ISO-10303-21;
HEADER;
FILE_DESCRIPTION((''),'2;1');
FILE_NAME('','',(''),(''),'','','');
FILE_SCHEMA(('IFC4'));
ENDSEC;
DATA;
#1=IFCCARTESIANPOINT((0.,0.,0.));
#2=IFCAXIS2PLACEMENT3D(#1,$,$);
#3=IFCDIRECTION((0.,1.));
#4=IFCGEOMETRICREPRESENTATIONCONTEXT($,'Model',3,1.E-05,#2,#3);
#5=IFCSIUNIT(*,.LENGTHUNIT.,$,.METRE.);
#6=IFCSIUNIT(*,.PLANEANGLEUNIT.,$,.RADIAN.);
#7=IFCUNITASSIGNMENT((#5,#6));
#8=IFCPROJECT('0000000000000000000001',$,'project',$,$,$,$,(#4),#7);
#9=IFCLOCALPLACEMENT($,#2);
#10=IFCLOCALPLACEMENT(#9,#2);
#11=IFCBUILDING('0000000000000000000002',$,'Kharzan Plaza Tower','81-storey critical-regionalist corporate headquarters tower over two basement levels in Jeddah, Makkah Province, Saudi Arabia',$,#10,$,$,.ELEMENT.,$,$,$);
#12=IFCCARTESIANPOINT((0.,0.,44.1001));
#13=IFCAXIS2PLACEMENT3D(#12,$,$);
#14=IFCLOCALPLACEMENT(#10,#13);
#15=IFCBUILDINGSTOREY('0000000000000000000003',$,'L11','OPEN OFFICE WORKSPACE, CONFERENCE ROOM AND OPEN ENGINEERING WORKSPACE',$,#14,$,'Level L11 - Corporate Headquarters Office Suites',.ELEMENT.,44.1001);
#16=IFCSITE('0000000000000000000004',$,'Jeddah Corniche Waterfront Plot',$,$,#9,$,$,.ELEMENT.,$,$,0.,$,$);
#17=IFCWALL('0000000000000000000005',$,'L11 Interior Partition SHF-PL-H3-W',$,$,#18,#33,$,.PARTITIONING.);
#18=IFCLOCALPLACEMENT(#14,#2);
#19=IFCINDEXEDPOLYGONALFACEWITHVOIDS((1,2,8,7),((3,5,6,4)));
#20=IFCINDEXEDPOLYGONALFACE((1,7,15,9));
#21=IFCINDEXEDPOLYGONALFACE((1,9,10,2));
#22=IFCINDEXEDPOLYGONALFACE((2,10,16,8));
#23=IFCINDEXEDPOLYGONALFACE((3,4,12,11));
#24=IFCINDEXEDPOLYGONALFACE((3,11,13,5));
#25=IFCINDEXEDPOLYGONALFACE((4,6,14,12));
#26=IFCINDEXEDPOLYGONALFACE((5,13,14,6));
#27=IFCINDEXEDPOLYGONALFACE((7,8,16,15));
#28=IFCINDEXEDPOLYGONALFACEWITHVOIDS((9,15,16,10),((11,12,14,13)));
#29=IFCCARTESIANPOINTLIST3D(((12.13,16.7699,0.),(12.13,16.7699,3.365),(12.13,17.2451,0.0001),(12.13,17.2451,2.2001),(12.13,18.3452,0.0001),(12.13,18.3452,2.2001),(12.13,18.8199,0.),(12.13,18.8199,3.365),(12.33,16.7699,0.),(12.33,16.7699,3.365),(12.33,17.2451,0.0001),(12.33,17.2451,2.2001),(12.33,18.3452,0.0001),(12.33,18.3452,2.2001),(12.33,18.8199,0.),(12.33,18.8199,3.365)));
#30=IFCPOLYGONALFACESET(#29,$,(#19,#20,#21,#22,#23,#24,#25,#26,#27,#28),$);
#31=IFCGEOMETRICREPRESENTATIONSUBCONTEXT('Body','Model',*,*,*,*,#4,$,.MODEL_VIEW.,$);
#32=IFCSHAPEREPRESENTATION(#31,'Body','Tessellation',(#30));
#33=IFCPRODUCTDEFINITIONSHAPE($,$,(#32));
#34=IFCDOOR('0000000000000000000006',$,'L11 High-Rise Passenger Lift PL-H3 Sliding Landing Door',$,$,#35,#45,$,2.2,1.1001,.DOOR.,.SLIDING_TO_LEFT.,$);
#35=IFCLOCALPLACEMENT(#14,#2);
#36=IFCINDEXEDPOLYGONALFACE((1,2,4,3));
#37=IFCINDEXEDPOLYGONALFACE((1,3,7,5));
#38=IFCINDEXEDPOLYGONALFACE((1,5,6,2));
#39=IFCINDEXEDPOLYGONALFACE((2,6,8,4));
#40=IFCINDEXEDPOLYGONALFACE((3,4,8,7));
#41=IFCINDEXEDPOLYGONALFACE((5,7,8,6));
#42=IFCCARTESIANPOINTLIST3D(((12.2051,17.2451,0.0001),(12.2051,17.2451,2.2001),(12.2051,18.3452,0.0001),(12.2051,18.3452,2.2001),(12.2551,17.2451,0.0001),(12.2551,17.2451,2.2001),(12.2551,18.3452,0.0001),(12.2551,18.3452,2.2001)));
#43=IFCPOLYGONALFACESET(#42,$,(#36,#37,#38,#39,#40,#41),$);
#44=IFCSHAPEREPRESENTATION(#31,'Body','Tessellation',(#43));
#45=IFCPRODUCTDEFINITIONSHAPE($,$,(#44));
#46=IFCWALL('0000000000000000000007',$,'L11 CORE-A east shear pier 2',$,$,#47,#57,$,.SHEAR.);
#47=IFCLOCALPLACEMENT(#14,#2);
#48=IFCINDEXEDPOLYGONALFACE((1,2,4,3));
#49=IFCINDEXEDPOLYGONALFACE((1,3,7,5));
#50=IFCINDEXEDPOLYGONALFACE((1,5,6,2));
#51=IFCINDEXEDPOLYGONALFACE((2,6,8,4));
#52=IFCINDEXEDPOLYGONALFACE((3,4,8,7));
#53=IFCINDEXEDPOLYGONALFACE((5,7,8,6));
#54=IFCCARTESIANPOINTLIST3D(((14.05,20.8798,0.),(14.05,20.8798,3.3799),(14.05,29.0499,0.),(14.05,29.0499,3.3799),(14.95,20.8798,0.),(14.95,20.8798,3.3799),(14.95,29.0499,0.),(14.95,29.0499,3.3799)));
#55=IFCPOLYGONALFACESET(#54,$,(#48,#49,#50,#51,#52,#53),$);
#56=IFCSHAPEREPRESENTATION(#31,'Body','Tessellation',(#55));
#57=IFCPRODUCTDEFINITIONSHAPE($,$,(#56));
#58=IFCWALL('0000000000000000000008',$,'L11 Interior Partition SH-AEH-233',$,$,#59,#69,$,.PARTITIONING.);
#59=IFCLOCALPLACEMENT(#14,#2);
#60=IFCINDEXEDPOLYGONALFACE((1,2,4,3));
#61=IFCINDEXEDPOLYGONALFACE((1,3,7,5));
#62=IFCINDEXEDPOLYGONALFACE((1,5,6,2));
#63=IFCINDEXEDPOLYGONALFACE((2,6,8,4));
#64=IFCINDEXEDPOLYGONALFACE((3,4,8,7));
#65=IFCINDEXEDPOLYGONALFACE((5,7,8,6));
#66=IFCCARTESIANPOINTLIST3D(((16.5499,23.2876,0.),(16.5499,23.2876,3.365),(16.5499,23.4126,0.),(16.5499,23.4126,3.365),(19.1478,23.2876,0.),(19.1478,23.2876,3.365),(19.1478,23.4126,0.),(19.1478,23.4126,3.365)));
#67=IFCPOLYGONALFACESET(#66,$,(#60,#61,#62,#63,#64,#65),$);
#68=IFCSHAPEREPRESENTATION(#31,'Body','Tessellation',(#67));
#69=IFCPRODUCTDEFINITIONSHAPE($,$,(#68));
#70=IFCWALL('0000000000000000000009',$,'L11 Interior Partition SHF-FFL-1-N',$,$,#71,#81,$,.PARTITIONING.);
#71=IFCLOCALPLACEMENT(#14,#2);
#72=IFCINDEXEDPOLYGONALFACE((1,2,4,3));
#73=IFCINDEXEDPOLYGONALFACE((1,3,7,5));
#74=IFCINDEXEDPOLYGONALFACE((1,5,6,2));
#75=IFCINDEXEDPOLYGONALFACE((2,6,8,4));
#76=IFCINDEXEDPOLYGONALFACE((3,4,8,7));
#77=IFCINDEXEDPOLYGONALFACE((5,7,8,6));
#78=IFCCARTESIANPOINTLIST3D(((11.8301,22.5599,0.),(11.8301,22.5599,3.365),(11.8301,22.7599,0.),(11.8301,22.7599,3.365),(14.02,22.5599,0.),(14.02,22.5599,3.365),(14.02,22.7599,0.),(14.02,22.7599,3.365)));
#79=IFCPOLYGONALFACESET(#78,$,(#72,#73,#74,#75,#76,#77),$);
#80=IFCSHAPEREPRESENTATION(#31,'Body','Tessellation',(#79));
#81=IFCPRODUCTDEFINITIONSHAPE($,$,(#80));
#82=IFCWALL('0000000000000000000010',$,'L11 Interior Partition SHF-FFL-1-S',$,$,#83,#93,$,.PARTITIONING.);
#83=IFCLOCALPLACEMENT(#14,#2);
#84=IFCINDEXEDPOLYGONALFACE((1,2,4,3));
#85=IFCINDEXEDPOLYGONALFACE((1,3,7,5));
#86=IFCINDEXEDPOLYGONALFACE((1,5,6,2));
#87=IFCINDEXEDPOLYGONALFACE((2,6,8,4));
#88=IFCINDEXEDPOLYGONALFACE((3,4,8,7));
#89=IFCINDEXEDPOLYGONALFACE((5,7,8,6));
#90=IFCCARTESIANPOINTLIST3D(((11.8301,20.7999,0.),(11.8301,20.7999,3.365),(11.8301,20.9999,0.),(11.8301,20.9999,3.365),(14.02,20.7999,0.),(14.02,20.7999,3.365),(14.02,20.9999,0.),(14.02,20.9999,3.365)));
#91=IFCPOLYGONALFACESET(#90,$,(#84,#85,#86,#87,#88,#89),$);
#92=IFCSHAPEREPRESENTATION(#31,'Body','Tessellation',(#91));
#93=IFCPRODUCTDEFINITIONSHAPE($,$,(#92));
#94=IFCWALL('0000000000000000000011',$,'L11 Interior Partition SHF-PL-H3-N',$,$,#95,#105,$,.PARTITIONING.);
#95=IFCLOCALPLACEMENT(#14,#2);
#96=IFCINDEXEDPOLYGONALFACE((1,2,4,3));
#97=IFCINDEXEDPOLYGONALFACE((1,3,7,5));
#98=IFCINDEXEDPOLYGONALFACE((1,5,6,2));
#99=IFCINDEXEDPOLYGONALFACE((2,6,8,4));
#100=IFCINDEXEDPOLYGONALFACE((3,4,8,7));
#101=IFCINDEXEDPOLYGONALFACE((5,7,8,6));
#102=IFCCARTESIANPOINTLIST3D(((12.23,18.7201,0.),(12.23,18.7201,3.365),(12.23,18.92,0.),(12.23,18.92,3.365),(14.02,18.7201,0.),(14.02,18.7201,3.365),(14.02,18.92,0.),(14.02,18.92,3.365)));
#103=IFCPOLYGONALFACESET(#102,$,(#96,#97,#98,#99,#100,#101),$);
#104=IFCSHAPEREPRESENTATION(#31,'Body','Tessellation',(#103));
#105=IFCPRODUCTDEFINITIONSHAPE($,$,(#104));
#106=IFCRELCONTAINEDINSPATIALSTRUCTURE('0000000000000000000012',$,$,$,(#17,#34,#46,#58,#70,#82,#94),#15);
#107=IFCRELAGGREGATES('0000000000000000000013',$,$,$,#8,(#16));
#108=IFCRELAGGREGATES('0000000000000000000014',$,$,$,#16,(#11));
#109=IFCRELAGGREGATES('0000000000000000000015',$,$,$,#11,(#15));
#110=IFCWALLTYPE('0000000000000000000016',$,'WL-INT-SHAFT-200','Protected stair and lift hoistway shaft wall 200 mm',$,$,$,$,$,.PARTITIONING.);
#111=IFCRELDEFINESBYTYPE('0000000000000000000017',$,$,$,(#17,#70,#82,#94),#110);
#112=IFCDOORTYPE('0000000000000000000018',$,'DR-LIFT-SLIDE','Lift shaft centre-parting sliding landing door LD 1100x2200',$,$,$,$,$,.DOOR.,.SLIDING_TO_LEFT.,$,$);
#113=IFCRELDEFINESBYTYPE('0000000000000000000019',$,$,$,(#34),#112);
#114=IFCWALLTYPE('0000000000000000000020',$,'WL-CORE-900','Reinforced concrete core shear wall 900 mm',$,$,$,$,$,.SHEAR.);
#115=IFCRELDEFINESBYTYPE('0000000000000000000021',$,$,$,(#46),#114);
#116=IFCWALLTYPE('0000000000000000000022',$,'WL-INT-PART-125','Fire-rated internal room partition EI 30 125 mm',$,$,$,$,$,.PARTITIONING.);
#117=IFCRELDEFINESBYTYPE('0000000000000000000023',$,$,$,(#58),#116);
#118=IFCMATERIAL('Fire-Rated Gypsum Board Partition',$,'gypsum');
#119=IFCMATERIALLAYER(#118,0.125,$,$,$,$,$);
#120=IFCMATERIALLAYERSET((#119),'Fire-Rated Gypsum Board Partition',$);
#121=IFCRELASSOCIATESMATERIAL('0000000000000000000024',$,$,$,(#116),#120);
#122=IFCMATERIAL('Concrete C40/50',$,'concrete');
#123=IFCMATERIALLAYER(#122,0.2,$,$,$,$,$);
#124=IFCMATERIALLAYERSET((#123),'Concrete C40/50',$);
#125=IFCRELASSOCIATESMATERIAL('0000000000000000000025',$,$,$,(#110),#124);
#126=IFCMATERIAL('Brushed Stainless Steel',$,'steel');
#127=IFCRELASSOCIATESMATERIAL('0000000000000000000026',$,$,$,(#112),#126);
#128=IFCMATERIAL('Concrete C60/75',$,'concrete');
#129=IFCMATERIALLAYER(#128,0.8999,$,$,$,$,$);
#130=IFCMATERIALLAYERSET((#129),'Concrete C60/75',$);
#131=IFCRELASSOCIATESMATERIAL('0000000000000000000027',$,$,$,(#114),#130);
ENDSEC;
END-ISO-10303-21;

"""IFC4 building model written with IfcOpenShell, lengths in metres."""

from ifc_helpers import new_model, si_unit, direction, frame, frame_2d, origin, place, context, subcontext, project, spatial, rectangle, extrude, source, transform, mapped, material, layer, layer_set, type_object, element, fill, save


model = new_model("IFC4")

# Units and contexts
model_context = context("Model", 3, precision=1e-05, world=origin(), true_north=direction((0.0, 1.0)))
body_context = subcontext(model_context, "Body", "Model", "MODEL_VIEW")
ifc_project = project(units=[si_unit("LENGTHUNIT", "METRE"), si_unit("PLANEANGLEUNIT", "RADIAN")], contexts=[model_context])

# Site, building, storey
site_placement = place(None, origin())
site = spatial("IfcSite", under=ifc_project, at=site_placement, Name="Jeddah Corniche Waterfront Plot", CompositionType="ELEMENT", RefElevation=0.0)
building_placement = place(site_placement, origin())
building = spatial("IfcBuilding", under=site, at=building_placement, Name="Kharzan Plaza Tower", Description="81-storey critical-regionalist corporate headquarters tower over two basement levels in Jeddah, Makkah Province, Saudi Arabia", CompositionType="ELEMENT")
storey_placement = place(building_placement, frame((0.0, 0.0, 44.1001)))
storey = spatial("IfcBuildingStorey", under=building, at=storey_placement, Name="L11", Description="OPEN OFFICE WORKSPACE, CONFERENCE ROOM AND OPEN ENGINEERING WORKSPACE", LongName="Level L11 - Corporate Headquarters Office Suites", CompositionType="ELEMENT", Elevation=44.1001)

# Shared definitions
ifc_material_1 = material(Name="Concrete C60/75", Category="concrete")

# Wall, opening, door
ifc_material_2 = material(Name="Fire-Rated Gypsum Board Partition", Category="gypsum")
ifc_layer_1 = layer(ifc_material_2, 0.125)
ifc_layer_set_1 = layer_set([ifc_layer_1], Name="Fire-Rated Gypsum Board Partition")
wall_type_1 = type_object("IfcWallType", Name="WL-INT-PART-125", Description="Fire-rated internal room partition EI 30 125 mm", PredefinedType="PARTITIONING", material=ifc_layer_set_1)
ifc_material_3 = material(Name="Concrete C40/50", Category="concrete")
ifc_layer_2 = layer(ifc_material_3, 0.2)
ifc_layer_set_2 = layer_set([ifc_layer_2], Name="Concrete C40/50")
wall_type_2 = type_object("IfcWallType", Name="WL-INT-SHAFT-200", Description="Protected stair and lift hoistway shaft wall 200 mm", PredefinedType="PARTITIONING", material=ifc_layer_set_2)
ifc_material_4 = material(Name="Brushed Stainless Steel", Category="steel")
door_type_1 = type_object("IfcDoorType", Name="DR-LIFT-SLIDE", Description="Lift shaft centre-parting sliding landing door LD 1100x2200", OperationType="SLIDING_TO_LEFT", PredefinedType="DOOR", material=ifc_material_4)
shared_shape_1 = source(origin(), body_context, "Body", "SweptSolid", [
    extrude(rectangle(XDim=1.1001, YDim=2.2, at=frame_2d((0.55, 1.1001))), frame((0.0, 0.0249, 0.0), z_axis=(0.0, -1.0, 0.0), x_axis=(1.0, 0.0, 0.0)), (0.0, 0.0, 1.0), 0.05),
])
wall_1_placement = place(storey_placement, frame((12.23, 16.77, 0.0), z_axis=(0.0, 0.0, 1.0), x_axis=(0.0, 1.0, 0.0)))
wall_1 = element("IfcWall", 1, at=wall_1_placement, inside=storey, type_object=wall_type_2, Name="L11 Interior Partition SHF-PL-H3-W", PredefinedType="PARTITIONING", context=body_context, shape_type="SweptSolid", body=[
    extrude(rectangle(XDim=2.05, YDim=0.2, at=frame_2d((1.0249, 0.0))), origin(), (0.0, 0.0, 1.0), 3.365),
])
opening_1_placement = place(wall_1_placement, frame((0.4751, 0.0, 0.0)))
opening_1 = element("IfcOpeningElement", 2, at=opening_1_placement, cuts=wall_1, PredefinedType="OPENING", context=body_context, shape_type="SweptSolid", body=[
    extrude(rectangle(XDim=1.1001, YDim=2.2, at=frame_2d((0.55, 1.1001))), frame((0.0, 0.1099, 0.0), z_axis=(0.0, -1.0, 0.0), x_axis=(1.0, 0.0, 0.0)), (0.0, 0.0, 1.0), 0.22),
])
door_1_placement = place(opening_1_placement, origin())
door_1 = element("IfcDoor", 3, at=door_1_placement, inside=storey, type_object=door_type_1, Name="L11 High-Rise Passenger Lift PL-H3 Sliding Landing Door", OperationType="SLIDING_TO_LEFT", OverallHeight=2.2, OverallWidth=1.1001, PredefinedType="DOOR", context=body_context, shape_type="MappedRepresentation", body=[
    mapped(shared_shape_1, transform((0.0, 0.0, 0.0), x_axis=(1.0, 0.0, 0.0), y_axis=(0.0, 1.0, 0.0), z_axis=(0.0, 0.0, 1.0))),
])
fill(opening_1, door_1)

# Walls
ifc_layer_3 = layer(ifc_material_1, 0.8999)
ifc_layer_set_3 = layer_set([ifc_layer_3], Name="Concrete C60/75")
wall_type_3 = type_object("IfcWallType", Name="WL-CORE-900", Description="Reinforced concrete core shear wall 900 mm", PredefinedType="SHEAR", material=ifc_layer_set_3)
shared_shape_2 = source(origin(), body_context, "Body", "SweptSolid", [
    extrude(rectangle(XDim=8.1702, YDim=0.8999, at=frame_2d((4.085, 0.0))), origin(), (0.0, 0.0, 1.0), 3.3799),
])
wall_2_placement = place(storey_placement, frame((14.5, 20.8799, 0.0), z_axis=(0.0, 0.0, 1.0), x_axis=(0.0, 1.0, 0.0)))
element("IfcWall", 4, at=wall_2_placement, inside=storey, type_object=wall_type_3, Name="L11 CORE-A east shear pier 2", PredefinedType="SHEAR", context=body_context, shape_type="MappedRepresentation", body=[
    mapped(shared_shape_2, transform((0.0, 0.0, 0.0), x_axis=(1.0, 0.0, 0.0), y_axis=(0.0, 1.0, 0.0), z_axis=(0.0, 0.0, 1.0))),
])
shared_shape_3 = source(origin(), body_context, "Body", "SweptSolid", [
    extrude(rectangle(XDim=2.5979, YDim=0.125, at=frame_2d((1.2988, 0.0))), origin(), (0.0, 0.0, 1.0), 3.365),
])
wall_3_placement = place(storey_placement, frame((16.55, 23.3501, 0.0), z_axis=(0.0, 0.0, 1.0), x_axis=(1.0, 0.0, 0.0)))
element("IfcWall", 5, at=wall_3_placement, inside=storey, type_object=wall_type_1, Name="L11 Interior Partition SH-AEH-233", PredefinedType="PARTITIONING", context=body_context, shape_type="MappedRepresentation", body=[
    mapped(shared_shape_3, transform((0.0, 0.0, 0.0), x_axis=(1.0, 0.0, 0.0), y_axis=(0.0, 1.0, 0.0), z_axis=(0.0, 0.0, 1.0))),
])
shared_shape_4 = source(origin(), body_context, "Body", "SweptSolid", [
    extrude(rectangle(XDim=2.1899, YDim=0.2, at=frame_2d((1.095, 0.0))), origin(), (0.0, 0.0, 1.0), 3.365),
])
for number, where, z_axis, x_axis, name in (
    (6, (11.8301, 22.6599, 0.0), (0.0, 0.0, 1.0), (1.0, 0.0, 0.0), "L11 Interior Partition SHF-FFL-1-N"),
    (7, (11.8301, 20.8999, 0.0), (0.0, 0.0, 1.0), (1.0, 0.0, 0.0), "L11 Interior Partition SHF-FFL-1-S"),
):
    element("IfcWall", number, at=place(storey_placement, frame(where, z_axis=z_axis, x_axis=x_axis)), inside=storey, type_object=wall_type_2, Name=name, PredefinedType="PARTITIONING", context=body_context, shape_type="MappedRepresentation", body=[
        mapped(shared_shape_4, transform((0.0, 0.0, 0.0), x_axis=(1.0, 0.0, 0.0), y_axis=(0.0, 1.0, 0.0), z_axis=(0.0, 0.0, 1.0))),
    ])
shared_shape_5 = source(origin(), body_context, "Body", "SweptSolid", [
    extrude(rectangle(XDim=1.79, YDim=0.2, at=frame_2d((0.895, 0.0))), origin(), (0.0, 0.0, 1.0), 3.365),
])
wall_4_placement = place(storey_placement, frame((12.23, 18.8201, 0.0), z_axis=(0.0, 0.0, 1.0), x_axis=(1.0, 0.0, 0.0)))
element("IfcWall", 8, at=wall_4_placement, inside=storey, type_object=wall_type_2, Name="L11 Interior Partition SHF-PL-H3-N", PredefinedType="PARTITIONING", context=body_context, shape_type="MappedRepresentation", body=[
    mapped(shared_shape_5, transform((0.0, 0.0, 0.0), x_axis=(1.0, 0.0, 0.0), y_axis=(0.0, 1.0, 0.0), z_axis=(0.0, 0.0, 1.0))),
])

save(model, "model.ifc")
